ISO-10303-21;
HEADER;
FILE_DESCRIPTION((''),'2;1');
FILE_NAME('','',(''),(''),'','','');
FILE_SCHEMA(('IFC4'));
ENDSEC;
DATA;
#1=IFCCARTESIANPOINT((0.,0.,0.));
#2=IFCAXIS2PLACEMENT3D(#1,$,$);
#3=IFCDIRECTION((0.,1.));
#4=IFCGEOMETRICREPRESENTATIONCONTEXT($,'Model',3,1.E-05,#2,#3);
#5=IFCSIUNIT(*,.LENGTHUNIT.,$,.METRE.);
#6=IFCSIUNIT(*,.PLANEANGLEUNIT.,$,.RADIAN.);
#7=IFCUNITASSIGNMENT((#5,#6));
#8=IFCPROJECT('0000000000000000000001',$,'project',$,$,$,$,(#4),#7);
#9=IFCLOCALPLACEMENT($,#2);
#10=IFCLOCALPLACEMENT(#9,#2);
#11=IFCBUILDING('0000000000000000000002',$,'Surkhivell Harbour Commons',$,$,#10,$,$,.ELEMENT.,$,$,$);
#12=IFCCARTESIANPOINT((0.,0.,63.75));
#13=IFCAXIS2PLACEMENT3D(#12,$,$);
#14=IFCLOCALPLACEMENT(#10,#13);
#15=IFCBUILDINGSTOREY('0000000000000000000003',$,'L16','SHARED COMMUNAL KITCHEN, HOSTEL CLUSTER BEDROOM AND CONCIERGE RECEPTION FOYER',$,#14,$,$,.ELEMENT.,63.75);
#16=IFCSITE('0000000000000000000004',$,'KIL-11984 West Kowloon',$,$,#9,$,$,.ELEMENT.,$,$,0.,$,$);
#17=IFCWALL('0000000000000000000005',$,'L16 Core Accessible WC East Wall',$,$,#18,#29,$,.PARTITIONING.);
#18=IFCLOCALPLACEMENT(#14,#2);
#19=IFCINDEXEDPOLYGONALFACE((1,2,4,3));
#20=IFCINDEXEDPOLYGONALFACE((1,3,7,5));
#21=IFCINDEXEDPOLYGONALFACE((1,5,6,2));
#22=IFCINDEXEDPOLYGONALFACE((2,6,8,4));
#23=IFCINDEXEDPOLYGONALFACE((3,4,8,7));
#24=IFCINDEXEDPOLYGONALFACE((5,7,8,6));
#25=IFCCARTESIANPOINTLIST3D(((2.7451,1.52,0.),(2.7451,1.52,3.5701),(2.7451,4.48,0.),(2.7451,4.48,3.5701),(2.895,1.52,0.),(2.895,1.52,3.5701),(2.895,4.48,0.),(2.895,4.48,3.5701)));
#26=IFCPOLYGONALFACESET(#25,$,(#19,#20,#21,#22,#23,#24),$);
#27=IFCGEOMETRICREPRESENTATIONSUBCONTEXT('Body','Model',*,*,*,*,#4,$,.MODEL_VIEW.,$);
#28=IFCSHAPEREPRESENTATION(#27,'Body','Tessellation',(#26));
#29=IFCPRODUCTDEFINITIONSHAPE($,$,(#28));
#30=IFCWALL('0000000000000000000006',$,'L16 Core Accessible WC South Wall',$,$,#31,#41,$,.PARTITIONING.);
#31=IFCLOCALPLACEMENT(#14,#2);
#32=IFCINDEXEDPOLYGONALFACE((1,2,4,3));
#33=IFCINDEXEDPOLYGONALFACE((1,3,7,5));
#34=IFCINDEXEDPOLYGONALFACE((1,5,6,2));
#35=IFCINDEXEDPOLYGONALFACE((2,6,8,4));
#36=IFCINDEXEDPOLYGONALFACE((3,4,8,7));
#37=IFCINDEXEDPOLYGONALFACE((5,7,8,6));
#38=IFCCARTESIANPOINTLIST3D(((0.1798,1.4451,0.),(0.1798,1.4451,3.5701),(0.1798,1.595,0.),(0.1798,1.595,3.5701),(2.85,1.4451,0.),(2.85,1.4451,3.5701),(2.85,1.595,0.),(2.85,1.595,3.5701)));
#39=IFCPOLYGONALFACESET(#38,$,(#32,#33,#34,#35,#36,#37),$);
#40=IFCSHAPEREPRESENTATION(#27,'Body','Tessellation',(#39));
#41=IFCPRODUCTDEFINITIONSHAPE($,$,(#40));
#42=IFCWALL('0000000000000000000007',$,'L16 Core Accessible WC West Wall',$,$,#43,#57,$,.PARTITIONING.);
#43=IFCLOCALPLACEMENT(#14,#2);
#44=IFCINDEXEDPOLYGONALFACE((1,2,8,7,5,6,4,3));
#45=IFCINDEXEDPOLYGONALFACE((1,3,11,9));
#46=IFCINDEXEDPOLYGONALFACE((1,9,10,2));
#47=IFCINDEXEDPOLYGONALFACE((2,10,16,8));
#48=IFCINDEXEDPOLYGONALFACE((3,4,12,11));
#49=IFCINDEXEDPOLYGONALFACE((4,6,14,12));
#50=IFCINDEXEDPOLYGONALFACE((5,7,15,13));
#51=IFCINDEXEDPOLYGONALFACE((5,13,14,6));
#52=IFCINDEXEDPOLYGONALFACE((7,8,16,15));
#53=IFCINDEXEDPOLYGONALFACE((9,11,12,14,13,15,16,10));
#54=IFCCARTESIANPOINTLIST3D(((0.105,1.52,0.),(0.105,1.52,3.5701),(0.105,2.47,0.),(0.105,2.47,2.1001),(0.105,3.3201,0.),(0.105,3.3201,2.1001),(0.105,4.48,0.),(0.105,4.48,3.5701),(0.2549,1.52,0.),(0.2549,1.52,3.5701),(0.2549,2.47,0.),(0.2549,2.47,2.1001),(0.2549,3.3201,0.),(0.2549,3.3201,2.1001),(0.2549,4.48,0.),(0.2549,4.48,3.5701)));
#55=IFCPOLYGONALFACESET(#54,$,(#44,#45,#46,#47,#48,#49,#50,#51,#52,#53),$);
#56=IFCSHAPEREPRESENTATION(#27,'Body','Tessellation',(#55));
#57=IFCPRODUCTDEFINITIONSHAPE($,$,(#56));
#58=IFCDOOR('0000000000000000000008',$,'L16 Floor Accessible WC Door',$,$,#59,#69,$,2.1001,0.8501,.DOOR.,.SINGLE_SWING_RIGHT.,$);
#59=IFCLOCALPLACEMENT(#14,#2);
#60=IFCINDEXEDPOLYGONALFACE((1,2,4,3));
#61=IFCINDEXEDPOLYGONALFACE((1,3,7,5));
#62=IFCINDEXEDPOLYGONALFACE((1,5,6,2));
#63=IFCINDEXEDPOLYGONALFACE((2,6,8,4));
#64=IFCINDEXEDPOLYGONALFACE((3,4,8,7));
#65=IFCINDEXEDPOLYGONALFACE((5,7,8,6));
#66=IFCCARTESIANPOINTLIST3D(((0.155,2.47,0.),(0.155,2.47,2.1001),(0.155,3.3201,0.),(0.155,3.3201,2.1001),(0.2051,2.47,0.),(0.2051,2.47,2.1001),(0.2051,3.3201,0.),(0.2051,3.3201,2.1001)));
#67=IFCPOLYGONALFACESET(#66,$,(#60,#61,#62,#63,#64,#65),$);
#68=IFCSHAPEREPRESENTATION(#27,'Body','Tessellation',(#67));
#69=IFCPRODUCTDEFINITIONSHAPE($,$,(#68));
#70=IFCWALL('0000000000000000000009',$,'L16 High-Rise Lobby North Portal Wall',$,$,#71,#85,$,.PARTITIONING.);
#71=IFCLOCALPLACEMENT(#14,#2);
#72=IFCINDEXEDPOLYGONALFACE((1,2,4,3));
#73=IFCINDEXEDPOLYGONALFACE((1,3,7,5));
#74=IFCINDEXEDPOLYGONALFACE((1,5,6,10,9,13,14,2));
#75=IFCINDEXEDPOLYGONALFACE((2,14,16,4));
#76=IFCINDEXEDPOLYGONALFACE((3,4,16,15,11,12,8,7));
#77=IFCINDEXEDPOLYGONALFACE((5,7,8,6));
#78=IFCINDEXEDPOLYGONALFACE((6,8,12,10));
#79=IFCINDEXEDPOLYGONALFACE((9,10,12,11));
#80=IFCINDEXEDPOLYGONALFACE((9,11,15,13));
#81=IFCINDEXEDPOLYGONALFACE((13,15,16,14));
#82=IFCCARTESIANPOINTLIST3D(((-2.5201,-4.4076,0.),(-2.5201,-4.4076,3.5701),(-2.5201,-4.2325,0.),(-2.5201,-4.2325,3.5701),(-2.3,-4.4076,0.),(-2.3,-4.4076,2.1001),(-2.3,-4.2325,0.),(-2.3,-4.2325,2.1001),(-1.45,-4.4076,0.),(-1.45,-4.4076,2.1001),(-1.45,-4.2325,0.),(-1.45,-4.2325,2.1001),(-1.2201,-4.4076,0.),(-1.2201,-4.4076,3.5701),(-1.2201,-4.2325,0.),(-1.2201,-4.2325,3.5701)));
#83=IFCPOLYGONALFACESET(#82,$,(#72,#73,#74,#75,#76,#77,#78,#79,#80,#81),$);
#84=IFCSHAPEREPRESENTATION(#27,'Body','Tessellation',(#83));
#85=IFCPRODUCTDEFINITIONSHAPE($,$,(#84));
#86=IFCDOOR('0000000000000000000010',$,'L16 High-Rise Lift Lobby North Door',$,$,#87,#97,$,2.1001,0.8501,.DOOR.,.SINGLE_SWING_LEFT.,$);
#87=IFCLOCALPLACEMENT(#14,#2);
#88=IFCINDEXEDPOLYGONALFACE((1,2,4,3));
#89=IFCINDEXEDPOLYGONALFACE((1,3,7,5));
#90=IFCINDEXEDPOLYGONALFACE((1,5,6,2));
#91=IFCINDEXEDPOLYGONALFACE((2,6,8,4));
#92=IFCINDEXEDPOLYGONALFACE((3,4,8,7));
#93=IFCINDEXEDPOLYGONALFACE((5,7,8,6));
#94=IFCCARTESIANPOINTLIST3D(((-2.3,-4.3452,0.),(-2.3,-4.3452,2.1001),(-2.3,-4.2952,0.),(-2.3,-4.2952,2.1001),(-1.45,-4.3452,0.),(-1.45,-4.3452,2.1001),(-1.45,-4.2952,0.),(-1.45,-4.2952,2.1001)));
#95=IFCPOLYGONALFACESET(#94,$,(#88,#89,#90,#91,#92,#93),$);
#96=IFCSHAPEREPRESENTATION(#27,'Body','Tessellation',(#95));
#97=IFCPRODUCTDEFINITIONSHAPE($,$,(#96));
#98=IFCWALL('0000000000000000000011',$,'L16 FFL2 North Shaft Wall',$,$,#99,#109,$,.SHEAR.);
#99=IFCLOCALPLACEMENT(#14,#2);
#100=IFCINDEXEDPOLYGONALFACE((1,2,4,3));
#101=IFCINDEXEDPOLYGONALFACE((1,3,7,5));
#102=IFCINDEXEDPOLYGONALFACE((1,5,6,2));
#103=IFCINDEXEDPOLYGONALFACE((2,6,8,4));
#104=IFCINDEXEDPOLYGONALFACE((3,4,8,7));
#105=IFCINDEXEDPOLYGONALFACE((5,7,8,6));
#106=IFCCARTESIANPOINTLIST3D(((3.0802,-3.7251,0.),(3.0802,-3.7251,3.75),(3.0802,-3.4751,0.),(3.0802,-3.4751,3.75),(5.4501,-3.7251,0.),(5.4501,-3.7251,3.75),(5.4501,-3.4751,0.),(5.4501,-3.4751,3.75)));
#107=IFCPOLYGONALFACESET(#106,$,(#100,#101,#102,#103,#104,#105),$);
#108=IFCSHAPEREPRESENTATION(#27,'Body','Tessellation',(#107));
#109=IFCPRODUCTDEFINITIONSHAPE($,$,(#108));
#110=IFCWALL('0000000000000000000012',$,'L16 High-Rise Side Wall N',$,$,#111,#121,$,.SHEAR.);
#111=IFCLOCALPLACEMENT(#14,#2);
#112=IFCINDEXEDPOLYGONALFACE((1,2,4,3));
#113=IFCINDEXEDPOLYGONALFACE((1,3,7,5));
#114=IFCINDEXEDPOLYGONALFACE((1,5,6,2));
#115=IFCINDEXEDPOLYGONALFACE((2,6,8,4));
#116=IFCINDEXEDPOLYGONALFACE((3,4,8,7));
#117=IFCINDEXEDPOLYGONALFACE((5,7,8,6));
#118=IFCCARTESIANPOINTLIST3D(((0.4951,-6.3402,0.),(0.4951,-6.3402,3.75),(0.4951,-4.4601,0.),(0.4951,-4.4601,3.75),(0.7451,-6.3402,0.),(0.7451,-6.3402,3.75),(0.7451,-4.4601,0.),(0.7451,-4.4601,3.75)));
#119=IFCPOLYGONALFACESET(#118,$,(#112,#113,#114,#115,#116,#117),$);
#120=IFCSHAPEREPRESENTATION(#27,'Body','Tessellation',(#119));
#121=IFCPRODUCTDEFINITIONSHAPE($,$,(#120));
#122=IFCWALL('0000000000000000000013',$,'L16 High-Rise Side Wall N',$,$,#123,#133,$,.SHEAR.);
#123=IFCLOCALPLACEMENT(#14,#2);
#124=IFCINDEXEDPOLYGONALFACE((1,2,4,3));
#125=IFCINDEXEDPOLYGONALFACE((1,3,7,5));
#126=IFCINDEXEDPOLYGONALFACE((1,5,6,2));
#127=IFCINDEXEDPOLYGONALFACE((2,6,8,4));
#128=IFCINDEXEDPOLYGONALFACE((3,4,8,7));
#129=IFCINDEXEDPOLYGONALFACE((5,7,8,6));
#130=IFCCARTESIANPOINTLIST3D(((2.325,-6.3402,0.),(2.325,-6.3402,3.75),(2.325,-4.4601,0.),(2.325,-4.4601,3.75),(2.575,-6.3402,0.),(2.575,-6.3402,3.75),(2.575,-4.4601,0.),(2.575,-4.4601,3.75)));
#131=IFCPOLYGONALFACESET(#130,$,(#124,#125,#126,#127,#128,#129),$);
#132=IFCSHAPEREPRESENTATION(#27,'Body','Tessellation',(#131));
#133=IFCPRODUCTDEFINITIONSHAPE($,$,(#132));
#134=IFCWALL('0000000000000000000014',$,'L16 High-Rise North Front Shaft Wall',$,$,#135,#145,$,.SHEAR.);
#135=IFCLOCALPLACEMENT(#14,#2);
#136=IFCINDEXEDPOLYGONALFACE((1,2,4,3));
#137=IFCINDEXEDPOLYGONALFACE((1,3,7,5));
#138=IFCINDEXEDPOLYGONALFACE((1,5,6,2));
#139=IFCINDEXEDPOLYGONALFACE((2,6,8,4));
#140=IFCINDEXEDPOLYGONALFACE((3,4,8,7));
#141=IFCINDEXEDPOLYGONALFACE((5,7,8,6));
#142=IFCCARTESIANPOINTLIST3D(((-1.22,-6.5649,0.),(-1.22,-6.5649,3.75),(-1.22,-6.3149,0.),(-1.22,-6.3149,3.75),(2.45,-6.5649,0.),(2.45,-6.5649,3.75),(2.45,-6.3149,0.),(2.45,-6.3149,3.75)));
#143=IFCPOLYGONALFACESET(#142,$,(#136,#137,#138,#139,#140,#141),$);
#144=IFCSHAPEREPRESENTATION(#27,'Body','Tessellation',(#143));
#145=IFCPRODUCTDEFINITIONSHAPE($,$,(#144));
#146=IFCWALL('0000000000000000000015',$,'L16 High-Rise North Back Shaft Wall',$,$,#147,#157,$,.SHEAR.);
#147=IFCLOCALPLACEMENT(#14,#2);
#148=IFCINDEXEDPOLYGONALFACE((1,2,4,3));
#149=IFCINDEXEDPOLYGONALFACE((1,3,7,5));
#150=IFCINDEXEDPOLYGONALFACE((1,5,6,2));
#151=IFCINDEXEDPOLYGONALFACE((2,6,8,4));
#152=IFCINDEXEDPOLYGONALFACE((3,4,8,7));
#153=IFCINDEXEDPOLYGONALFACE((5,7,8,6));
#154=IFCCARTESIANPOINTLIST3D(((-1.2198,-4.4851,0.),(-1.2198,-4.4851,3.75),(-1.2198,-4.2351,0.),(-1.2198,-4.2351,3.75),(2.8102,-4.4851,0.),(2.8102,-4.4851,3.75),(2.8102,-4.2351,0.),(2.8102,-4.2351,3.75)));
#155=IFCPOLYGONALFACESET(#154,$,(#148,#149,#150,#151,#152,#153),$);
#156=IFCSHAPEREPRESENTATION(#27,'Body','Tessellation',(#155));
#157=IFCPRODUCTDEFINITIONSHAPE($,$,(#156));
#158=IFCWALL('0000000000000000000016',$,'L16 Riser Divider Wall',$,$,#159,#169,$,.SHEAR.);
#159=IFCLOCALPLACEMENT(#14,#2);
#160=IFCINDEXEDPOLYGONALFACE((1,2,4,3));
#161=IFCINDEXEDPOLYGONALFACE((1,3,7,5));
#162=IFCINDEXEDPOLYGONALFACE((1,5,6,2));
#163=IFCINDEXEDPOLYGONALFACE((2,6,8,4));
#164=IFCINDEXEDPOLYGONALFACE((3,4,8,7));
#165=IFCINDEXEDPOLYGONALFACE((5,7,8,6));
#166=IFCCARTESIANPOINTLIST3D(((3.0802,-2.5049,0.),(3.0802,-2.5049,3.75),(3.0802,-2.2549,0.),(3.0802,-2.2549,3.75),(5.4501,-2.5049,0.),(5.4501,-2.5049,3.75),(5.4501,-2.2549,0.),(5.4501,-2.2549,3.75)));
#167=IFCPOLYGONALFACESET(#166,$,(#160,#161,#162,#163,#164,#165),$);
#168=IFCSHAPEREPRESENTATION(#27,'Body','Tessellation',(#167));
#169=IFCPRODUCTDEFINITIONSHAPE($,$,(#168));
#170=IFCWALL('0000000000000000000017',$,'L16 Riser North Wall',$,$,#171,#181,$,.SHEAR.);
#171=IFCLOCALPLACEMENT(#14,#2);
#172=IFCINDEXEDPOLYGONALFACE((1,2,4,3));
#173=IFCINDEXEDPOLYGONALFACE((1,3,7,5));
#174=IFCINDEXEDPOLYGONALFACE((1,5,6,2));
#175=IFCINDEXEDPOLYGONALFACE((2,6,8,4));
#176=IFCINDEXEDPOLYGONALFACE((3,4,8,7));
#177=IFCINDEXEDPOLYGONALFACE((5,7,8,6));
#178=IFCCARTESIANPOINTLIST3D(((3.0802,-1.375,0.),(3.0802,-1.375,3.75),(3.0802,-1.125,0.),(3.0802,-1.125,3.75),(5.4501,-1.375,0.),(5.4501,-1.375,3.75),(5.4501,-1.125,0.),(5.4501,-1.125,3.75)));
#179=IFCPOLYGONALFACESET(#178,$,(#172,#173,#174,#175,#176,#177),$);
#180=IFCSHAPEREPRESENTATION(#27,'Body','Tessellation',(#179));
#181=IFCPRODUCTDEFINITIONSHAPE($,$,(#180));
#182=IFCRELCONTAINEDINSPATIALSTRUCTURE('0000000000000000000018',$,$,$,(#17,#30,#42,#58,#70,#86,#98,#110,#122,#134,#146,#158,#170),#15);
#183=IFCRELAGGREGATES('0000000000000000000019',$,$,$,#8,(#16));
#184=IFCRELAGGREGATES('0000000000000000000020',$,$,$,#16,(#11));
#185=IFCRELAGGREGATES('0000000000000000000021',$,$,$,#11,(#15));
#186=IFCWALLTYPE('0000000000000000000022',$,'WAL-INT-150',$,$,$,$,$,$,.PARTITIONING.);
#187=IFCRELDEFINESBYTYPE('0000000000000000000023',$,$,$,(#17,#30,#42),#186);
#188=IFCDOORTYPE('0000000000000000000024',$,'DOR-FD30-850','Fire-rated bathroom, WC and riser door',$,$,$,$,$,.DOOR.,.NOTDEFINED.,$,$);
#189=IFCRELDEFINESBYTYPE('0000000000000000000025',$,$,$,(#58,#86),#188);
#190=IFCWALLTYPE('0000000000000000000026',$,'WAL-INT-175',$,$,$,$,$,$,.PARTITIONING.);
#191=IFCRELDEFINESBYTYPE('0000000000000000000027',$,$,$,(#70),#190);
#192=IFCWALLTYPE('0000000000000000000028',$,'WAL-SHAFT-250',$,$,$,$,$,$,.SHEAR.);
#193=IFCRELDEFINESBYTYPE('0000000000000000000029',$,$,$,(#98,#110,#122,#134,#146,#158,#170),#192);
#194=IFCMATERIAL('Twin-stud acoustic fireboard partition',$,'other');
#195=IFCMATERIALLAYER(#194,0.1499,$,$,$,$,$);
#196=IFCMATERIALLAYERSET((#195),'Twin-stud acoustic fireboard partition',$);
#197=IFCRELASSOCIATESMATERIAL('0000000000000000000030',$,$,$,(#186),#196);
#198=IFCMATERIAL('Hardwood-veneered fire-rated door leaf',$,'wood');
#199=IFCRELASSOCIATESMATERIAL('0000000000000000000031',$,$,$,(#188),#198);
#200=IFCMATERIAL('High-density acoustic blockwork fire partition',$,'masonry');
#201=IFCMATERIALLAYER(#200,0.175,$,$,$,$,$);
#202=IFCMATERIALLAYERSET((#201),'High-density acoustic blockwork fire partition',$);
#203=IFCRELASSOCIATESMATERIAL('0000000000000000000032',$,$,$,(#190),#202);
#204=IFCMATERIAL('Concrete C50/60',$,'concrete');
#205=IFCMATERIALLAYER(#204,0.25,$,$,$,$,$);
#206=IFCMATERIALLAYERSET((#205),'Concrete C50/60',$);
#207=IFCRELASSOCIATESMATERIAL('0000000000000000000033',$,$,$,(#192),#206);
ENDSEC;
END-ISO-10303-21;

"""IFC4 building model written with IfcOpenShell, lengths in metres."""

from ifc_helpers import new_model, si_unit, direction, frame, frame_2d, origin, place, context, subcontext, project, spatial, rectangle, extrude, material, layer, layer_set, type_object, element, fill, save


model = new_model("IFC4")

# Units and contexts
model_context = context("Model", 3, precision=1e-05, world=origin(), true_north=direction((0.0, 1.0)))
body_context = subcontext(model_context, "Body", "Model", "MODEL_VIEW")
ifc_project = project(units=[si_unit("LENGTHUNIT", "METRE"), si_unit("PLANEANGLEUNIT", "RADIAN")], contexts=[model_context])

# Site, building, storey
site_placement = place(None, origin())
site = spatial("IfcSite", under=ifc_project, at=site_placement, Name="KIL-11984 West Kowloon", CompositionType="ELEMENT", RefElevation=0.0)
building_placement = place(site_placement, origin())
building = spatial("IfcBuilding", under=site, at=building_placement, Name="Surkhivell Harbour Commons", CompositionType="ELEMENT")
storey_placement = place(building_placement, frame((0.0, 0.0, 63.75)))
storey = spatial("IfcBuildingStorey", under=building, at=storey_placement, Name="L16", Description="SHARED COMMUNAL KITCHEN, HOSTEL CLUSTER BEDROOM AND CONCIERGE RECEPTION FOYER", CompositionType="ELEMENT", Elevation=63.75)

# Walls
ifc_material_1 = material(Name="Twin-stud acoustic fireboard partition", Category="other")
ifc_layer_1 = layer(ifc_material_1, 0.1499)
ifc_layer_set_1 = layer_set([ifc_layer_1], Name="Twin-stud acoustic fireboard partition")
wall_type_1 = type_object("IfcWallType", Name="WAL-INT-150", PredefinedType="PARTITIONING", material=ifc_layer_set_1)
wall_1_placement = place(storey_placement, frame((2.8201, 1.52, 0.0), z_axis=(0.0, 0.0, 1.0), x_axis=(0.0, 1.0, 0.0)))
element("IfcWall", 1, at=wall_1_placement, inside=storey, type_object=wall_type_1, Name="L16 Core Accessible WC East Wall", PredefinedType="PARTITIONING", context=body_context, shape_type="SweptSolid", body=[
    extrude(rectangle(XDim=2.96, YDim=0.1499, at=frame_2d((1.48, 0.0))), origin(), (0.0, 0.0, 1.0), 3.5701),
])
wall_2_placement = place(storey_placement, frame((0.1799, 1.52, 0.0), z_axis=(0.0, 0.0, 1.0), x_axis=(1.0, 0.0, 0.0)))
element("IfcWall", 2, at=wall_2_placement, inside=storey, type_object=wall_type_1, Name="L16 Core Accessible WC South Wall", PredefinedType="PARTITIONING", context=body_context, shape_type="SweptSolid", body=[
    extrude(rectangle(XDim=2.6702, YDim=0.1499, at=frame_2d((1.335, 0.0))), origin(), (0.0, 0.0, 1.0), 3.5701),
])

# Walls, openings, doors
wall_3_placement = place(storey_placement, frame((0.1799, 1.52, 0.0), z_axis=(0.0, 0.0, 1.0), x_axis=(0.0, 1.0, 0.0)))
wall_3 = element("IfcWall", 3, at=wall_3_placement, inside=storey, type_object=wall_type_1, Name="L16 Core Accessible WC West Wall", PredefinedType="PARTITIONING", context=body_context, shape_type="SweptSolid", body=[
    extrude(rectangle(XDim=2.96, YDim=0.1499, at=frame_2d((1.48, 0.0))), origin(), (0.0, 0.0, 1.0), 3.5701),
])
opening_1_placement = place(wall_3_placement, frame((0.95, 0.0, 0.0)))
opening_1 = element("IfcOpeningElement", 4, at=opening_1_placement, cuts=wall_3, PredefinedType="OPENING", context=body_context, shape_type="SweptSolid", body=[
    extrude(rectangle(XDim=0.8501, YDim=2.1001, at=frame_2d((0.425, 1.05))), frame((0.0, 0.085, 0.0), z_axis=(0.0, -1.0, 0.0), x_axis=(1.0, 0.0, 0.0)), (0.0, 0.0, 1.0), 0.1699),
])
ifc_material_2 = material(Name="Hardwood-veneered fire-rated door leaf", Category="wood")
door_type_1 = type_object("IfcDoorType", Name="DOR-FD30-850", Description="Fire-rated bathroom, WC and riser door", OperationType="NOTDEFINED", PredefinedType="DOOR", material=ifc_material_2)
door_1_placement = place(opening_1_placement, origin())
door_1 = element("IfcDoor", 5, at=door_1_placement, inside=storey, type_object=door_type_1, Name="L16 Floor Accessible WC Door", OperationType="SINGLE_SWING_RIGHT", OverallHeight=2.1001, OverallWidth=0.8501, PredefinedType="DOOR", context=body_context, shape_type="SweptSolid", body=[
    extrude(rectangle(XDim=0.8501, YDim=2.1001, at=frame_2d((0.425, 1.05))), frame((0.0, 0.0249, 0.0), z_axis=(0.0, -1.0, 0.0), x_axis=(1.0, 0.0, 0.0)), (0.0, 0.0, 1.0), 0.05),
])
fill(opening_1, door_1)
ifc_material_3 = material(Name="High-density acoustic blockwork fire partition", Category="masonry")
ifc_layer_2 = layer(ifc_material_3, 0.175)
ifc_layer_set_2 = layer_set([ifc_layer_2], Name="High-density acoustic blockwork fire partition")
wall_type_2 = type_object("IfcWallType", Name="WAL-INT-175", PredefinedType="PARTITIONING", material=ifc_layer_set_2)
wall_4_placement = place(storey_placement, frame((-2.52, -4.3201, 0.0), z_axis=(0.0, 0.0, 1.0), x_axis=(1.0, 0.0, 0.0)))
wall_4 = element("IfcWall", 6, at=wall_4_placement, inside=storey, type_object=wall_type_2, Name="L16 High-Rise Lobby North Portal Wall", PredefinedType="PARTITIONING", context=body_context, shape_type="SweptSolid", body=[
    extrude(rectangle(XDim=1.3, YDim=0.175, at=frame_2d((0.6499, 0.0))), origin(), (0.0, 0.0, 1.0), 3.5701),
])
opening_2_placement = place(wall_4_placement, frame((0.22, 0.0, 0.0)))
opening_2 = element("IfcOpeningElement", 7, at=opening_2_placement, cuts=wall_4, PredefinedType="OPENING", context=body_context, shape_type="SweptSolid", body=[
    extrude(rectangle(XDim=0.8501, YDim=2.1001, at=frame_2d((0.425, 1.05))), frame((0.0, 0.0974, 0.0), z_axis=(0.0, -1.0, 0.0), x_axis=(1.0, 0.0, 0.0)), (0.0, 0.0, 1.0), 0.1951),
])
door_2_placement = place(opening_2_placement, origin())
door_2 = element("IfcDoor", 8, at=door_2_placement, inside=storey, type_object=door_type_1, Name="L16 High-Rise Lift Lobby North Door", OperationType="SINGLE_SWING_LEFT", OverallHeight=2.1001, OverallWidth=0.8501, PredefinedType="DOOR", context=body_context, shape_type="SweptSolid", body=[
    extrude(rectangle(XDim=0.8501, YDim=2.1001, at=frame_2d((0.425, 1.05))), frame((0.0, 0.0249, 0.0), z_axis=(0.0, -1.0, 0.0), x_axis=(1.0, 0.0, 0.0)), (0.0, 0.0, 1.0), 0.05),
])
fill(opening_2, door_2)

# Walls
ifc_material_4 = material(Name="Concrete C50/60", Category="concrete")
ifc_layer_3 = layer(ifc_material_4, 0.25)
ifc_layer_set_3 = layer_set([ifc_layer_3], Name="Concrete C50/60")
wall_type_3 = type_object("IfcWallType", Name="WAL-SHAFT-250", PredefinedType="SHEAR", material=ifc_layer_set_3)
wall_5_placement = place(storey_placement, frame((3.0801, -3.6001, 0.0), z_axis=(0.0, 0.0, 1.0), x_axis=(1.0, 0.0, 0.0)))
element("IfcWall", 9, at=wall_5_placement, inside=storey, type_object=wall_type_3, Name="L16 FFL2 North Shaft Wall", PredefinedType="SHEAR", context=body_context, shape_type="SweptSolid", body=[
    extrude(rectangle(XDim=2.3699, YDim=0.25, at=frame_2d((1.1851, 0.0))), origin(), (0.0, 0.0, 1.0), 3.75),
])
for number, where, z_axis, x_axis, name in (
    (10, (0.6201, -6.3401, 0.0), (0.0, 0.0, 1.0), (0.0, 1.0, 0.0), "L16 High-Rise Side Wall N"),
    (11, (2.45, -6.3401, 0.0), (0.0, 0.0, 1.0), (0.0, 1.0, 0.0), "L16 High-Rise Side Wall N"),
):
    element("IfcWall", number, at=place(storey_placement, frame(where, z_axis=z_axis, x_axis=x_axis)), inside=storey, type_object=wall_type_3, Name=name, PredefinedType="SHEAR", context=body_context, shape_type="SweptSolid", body=[
        extrude(rectangle(XDim=1.8801, YDim=0.25, at=frame_2d((0.9399, 0.0))), origin(), (0.0, 0.0, 1.0), 3.75),
    ])
wall_6_placement = place(storey_placement, frame((-1.22, -6.4399, 0.0), z_axis=(0.0, 0.0, 1.0), x_axis=(1.0, 0.0, 0.0)))
element("IfcWall", 12, at=wall_6_placement, inside=storey, type_object=wall_type_3, Name="L16 High-Rise North Front Shaft Wall", PredefinedType="SHEAR", context=body_context, shape_type="SweptSolid", body=[
    extrude(rectangle(XDim=3.6699, YDim=0.25, at=frame_2d((1.835, 0.0))), origin(), (0.0, 0.0, 1.0), 3.75),
])
wall_7_placement = place(storey_placement, frame((-1.22, -4.3601, 0.0), z_axis=(0.0, 0.0, 1.0), x_axis=(1.0, 0.0, 0.0)))
element("IfcWall", 13, at=wall_7_placement, inside=storey, type_object=wall_type_3, Name="L16 High-Rise North Back Shaft Wall", PredefinedType="SHEAR", context=body_context, shape_type="SweptSolid", body=[
    extrude(rectangle(XDim=4.03, YDim=0.25, at=frame_2d((2.0151, 0.0))), origin(), (0.0, 0.0, 1.0), 3.75),
])
for number, where, z_axis, x_axis, name in (
    (14, (3.0801, -2.3799, 0.0), (0.0, 0.0, 1.0), (1.0, 0.0, 0.0), "L16 Riser Divider Wall"),
    (15, (3.0801, -1.25, 0.0), (0.0, 0.0, 1.0), (1.0, 0.0, 0.0), "L16 Riser North Wall"),
):
    element("IfcWall", number, at=place(storey_placement, frame(where, z_axis=z_axis, x_axis=x_axis)), inside=storey, type_object=wall_type_3, Name=name, PredefinedType="SHEAR", context=body_context, shape_type="SweptSolid", body=[
        extrude(rectangle(XDim=2.3699, YDim=0.25, at=frame_2d((1.1851, 0.0))), origin(), (0.0, 0.0, 1.0), 3.75),
    ])

save(model, "model.ifc")
